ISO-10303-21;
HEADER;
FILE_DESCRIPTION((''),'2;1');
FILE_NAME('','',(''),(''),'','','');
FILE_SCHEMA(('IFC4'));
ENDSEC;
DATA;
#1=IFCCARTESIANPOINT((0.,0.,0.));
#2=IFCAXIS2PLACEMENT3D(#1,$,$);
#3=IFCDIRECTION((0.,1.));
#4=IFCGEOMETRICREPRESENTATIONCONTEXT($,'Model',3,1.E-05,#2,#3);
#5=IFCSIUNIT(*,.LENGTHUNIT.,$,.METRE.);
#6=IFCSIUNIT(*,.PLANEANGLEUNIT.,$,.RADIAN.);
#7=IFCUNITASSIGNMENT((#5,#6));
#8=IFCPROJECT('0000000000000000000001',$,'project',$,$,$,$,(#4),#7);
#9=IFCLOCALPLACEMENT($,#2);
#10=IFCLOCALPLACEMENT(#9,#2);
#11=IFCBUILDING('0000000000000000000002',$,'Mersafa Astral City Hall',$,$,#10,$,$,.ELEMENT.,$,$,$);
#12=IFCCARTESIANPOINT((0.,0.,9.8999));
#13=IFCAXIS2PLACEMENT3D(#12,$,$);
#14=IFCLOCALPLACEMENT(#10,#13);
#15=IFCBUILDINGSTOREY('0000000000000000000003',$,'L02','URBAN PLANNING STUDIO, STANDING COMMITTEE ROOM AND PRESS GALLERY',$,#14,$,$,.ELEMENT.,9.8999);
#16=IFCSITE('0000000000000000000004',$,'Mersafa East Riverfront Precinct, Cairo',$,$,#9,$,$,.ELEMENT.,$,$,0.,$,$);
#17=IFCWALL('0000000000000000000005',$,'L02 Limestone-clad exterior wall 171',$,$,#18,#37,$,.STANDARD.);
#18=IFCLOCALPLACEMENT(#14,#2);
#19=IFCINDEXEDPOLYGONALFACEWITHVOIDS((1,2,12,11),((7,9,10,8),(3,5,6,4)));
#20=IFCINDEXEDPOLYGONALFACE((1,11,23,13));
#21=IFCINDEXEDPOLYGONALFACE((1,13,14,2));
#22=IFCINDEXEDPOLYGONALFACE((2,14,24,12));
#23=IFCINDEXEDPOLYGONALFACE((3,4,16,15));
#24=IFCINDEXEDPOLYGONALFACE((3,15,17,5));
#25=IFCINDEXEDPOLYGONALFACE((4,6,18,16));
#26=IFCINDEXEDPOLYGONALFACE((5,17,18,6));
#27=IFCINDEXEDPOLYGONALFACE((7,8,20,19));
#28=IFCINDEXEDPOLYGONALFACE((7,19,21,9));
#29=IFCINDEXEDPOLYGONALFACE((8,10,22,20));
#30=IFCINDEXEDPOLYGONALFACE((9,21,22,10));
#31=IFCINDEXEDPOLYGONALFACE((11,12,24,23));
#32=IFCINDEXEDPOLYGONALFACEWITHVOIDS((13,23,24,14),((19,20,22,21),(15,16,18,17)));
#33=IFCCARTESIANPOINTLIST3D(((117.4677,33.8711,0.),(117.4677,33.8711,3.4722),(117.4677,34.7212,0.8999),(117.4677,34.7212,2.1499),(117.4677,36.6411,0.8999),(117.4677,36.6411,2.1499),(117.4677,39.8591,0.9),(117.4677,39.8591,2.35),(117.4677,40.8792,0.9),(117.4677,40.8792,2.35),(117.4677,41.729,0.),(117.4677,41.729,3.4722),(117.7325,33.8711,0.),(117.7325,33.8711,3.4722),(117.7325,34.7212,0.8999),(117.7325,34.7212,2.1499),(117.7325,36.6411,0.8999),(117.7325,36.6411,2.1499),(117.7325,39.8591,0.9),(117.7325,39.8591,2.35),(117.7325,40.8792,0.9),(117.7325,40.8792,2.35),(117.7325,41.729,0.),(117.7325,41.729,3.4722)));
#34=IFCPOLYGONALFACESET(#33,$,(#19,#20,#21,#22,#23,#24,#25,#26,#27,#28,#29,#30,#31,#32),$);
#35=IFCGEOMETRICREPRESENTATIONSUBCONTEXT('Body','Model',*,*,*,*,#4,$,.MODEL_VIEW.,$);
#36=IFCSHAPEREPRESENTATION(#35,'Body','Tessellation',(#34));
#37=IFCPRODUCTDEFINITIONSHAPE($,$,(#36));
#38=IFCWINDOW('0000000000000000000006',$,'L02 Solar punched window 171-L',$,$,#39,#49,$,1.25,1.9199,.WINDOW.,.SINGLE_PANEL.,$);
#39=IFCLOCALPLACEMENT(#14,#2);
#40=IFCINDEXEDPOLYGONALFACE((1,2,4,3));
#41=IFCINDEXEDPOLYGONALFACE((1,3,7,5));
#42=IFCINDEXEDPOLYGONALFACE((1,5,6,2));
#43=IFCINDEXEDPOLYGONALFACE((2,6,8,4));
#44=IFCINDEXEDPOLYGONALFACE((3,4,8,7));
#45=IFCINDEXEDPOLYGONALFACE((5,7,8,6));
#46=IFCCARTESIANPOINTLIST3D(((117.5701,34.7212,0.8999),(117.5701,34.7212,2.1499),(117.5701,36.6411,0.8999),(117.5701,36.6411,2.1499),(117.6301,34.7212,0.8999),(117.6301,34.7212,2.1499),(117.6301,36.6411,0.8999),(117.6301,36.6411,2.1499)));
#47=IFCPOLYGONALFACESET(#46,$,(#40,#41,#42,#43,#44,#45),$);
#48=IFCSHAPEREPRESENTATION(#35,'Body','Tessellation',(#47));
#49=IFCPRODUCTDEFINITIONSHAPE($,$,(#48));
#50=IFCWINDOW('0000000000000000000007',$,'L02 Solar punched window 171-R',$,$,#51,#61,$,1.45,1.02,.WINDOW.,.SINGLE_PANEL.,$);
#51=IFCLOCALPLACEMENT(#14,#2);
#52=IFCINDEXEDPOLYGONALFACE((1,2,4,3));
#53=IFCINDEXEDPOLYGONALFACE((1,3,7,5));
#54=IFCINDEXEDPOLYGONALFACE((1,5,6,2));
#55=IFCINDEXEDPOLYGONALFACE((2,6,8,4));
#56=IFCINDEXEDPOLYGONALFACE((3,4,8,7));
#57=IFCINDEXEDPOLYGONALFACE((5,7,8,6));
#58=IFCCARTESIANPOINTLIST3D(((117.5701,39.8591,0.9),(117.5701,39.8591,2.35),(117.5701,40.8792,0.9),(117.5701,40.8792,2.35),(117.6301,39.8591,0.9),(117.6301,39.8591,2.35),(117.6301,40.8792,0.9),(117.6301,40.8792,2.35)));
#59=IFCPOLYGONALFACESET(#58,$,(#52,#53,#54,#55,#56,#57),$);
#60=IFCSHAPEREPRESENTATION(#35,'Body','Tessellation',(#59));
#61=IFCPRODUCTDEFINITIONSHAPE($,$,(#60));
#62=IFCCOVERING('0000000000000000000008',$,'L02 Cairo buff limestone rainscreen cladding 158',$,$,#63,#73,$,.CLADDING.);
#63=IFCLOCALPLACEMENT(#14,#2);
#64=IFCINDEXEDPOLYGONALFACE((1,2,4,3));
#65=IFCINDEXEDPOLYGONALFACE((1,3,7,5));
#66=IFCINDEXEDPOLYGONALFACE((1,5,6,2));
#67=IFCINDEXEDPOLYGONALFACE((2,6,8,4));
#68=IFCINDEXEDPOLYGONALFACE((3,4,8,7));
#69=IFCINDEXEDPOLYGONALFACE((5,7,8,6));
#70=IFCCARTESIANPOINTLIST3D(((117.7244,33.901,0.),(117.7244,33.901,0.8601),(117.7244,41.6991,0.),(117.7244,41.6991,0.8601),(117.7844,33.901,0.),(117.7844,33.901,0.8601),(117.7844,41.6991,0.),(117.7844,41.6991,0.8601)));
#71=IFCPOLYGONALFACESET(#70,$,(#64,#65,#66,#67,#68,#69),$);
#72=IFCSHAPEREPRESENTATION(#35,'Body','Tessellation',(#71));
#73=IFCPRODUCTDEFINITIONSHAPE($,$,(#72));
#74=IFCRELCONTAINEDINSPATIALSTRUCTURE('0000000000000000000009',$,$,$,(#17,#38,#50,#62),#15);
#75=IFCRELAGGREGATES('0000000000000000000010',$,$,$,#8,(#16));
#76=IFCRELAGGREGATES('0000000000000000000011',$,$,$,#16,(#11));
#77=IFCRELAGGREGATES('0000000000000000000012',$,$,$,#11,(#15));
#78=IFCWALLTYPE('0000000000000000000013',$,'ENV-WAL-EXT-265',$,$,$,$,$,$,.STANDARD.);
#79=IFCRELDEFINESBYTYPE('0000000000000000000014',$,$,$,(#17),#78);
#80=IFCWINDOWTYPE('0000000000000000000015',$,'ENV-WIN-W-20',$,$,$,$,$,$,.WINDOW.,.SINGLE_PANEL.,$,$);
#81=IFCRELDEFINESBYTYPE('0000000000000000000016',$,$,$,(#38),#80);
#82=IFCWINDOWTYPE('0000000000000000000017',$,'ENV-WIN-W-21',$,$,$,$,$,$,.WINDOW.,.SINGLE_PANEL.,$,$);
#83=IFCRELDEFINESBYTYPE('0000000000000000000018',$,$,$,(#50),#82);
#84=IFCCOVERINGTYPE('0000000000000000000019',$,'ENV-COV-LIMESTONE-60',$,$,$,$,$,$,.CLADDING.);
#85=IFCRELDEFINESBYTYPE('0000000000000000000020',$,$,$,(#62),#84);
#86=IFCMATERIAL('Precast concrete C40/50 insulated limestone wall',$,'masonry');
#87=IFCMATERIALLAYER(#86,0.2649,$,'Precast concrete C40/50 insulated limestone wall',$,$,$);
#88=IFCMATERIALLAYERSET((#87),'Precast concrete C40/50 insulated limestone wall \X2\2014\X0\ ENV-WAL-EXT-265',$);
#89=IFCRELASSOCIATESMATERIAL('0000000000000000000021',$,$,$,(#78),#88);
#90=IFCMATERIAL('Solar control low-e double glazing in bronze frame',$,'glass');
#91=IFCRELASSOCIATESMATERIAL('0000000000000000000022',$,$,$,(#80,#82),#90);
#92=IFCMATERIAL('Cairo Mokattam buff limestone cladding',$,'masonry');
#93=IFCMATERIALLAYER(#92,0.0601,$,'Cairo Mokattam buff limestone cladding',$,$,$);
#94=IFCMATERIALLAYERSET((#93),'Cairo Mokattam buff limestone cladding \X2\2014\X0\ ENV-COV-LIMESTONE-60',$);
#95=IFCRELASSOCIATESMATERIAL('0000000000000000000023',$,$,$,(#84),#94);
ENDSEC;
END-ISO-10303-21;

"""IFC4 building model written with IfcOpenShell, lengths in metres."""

from ifc_helpers import new_model, si_unit, direction, frame, frame_2d, origin, origin_2d, place, context, subcontext, project, spatial, rectangle, extrude, material, layer, layer_set, type_object, element, fill, save


model = new_model("IFC4")

# Units and contexts
model_context = context("Model", 3, precision=1e-05, world=origin(), true_north=direction((0.0, 1.0)))
body_context = subcontext(model_context, "Body", "Model", "MODEL_VIEW")
ifc_project = project(units=[si_unit("LENGTHUNIT", "METRE"), si_unit("PLANEANGLEUNIT", "RADIAN")], contexts=[model_context])

# Site, building, storey
site_placement = place(None, origin())
site = spatial("IfcSite", under=ifc_project, at=site_placement, Name="Mersafa East Riverfront Precinct, Cairo", CompositionType="ELEMENT", RefElevation=0.0)
building_placement = place(site_placement, origin())
building = spatial("IfcBuilding", under=site, at=building_placement, Name="Mersafa Astral City Hall", CompositionType="ELEMENT")
storey_placement = place(building_placement, frame((0.0, 0.0, 9.8999)))
storey = spatial("IfcBuildingStorey", under=building, at=storey_placement, Name="L02", Description="URBAN PLANNING STUDIO, STANDING COMMITTEE ROOM AND PRESS GALLERY", CompositionType="ELEMENT", Elevation=9.8999)

# Wall, openings, windows
ifc_material_1 = material(Name="Precast concrete C40/50 insulated limestone wall", Category="masonry")
ifc_layer_1 = layer(ifc_material_1, 0.2649, Name="Precast concrete C40/50 insulated limestone wall")
ifc_layer_set_1 = layer_set([ifc_layer_1], Name="Precast concrete C40/50 insulated limestone wall — ENV-WAL-EXT-265")
wall_type = type_object("IfcWallType", Name="ENV-WAL-EXT-265", PredefinedType="STANDARD", material=ifc_layer_set_1)
wall_placement = place(storey_placement, frame((117.6001, 33.8711, 0.0), z_axis=(0.0, 0.0, 1.0), x_axis=(0.0, 1.0, 0.0)))
wall = element("IfcWall", 1, at=wall_placement, inside=storey, type_object=wall_type, Name="L02 Limestone-clad exterior wall 171", PredefinedType="STANDARD", context=body_context, shape_type="SweptSolid", body=[
    extrude(rectangle(XDim=7.8579, YDim=0.2649, at=frame_2d((3.929, 0.0))), origin(), (0.0, 0.0, 1.0), 3.4722),
])
opening_1_placement = place(wall_placement, frame((0.8501, 0.0, 0.8999)))
opening_1 = element("IfcOpeningElement", 2, at=opening_1_placement, cuts=wall, PredefinedType="OPENING", context=body_context, shape_type="SweptSolid", body=[
    extrude(rectangle(XDim=1.9199, YDim=1.25, at=frame_2d((0.96, 0.625))), frame((0.0, 0.1423, 0.0), z_axis=(0.0, -1.0, 0.0), x_axis=(1.0, 0.0, 0.0)), (0.0, 0.0, 1.0), 0.2849),
])
opening_2_placement = place(wall_placement, frame((5.988, 0.0, 0.8999)))
opening_2 = element("IfcOpeningElement", 3, at=opening_2_placement, cuts=wall, PredefinedType="OPENING", context=body_context, shape_type="SweptSolid", body=[
    extrude(rectangle(XDim=1.02, YDim=1.45, at=frame_2d((0.51, 0.7251))), frame((0.0, 0.1423, 0.0), z_axis=(0.0, -1.0, 0.0), x_axis=(1.0, 0.0, 0.0)), (0.0, 0.0, 1.0), 0.2849),
])
ifc_material_2 = material(Name="Solar control low-e double glazing in bronze frame", Category="glass")
window_type_1 = type_object("IfcWindowType", Name="ENV-WIN-W-20", PartitioningType="SINGLE_PANEL", PredefinedType="WINDOW", material=ifc_material_2)
window_1_placement = place(opening_1_placement, origin())
window_1 = element("IfcWindow", 4, at=window_1_placement, inside=storey, type_object=window_type_1, Name="L02 Solar punched window 171-L", OverallHeight=1.25, OverallWidth=1.9199, PartitioningType="SINGLE_PANEL", PredefinedType="WINDOW", context=body_context, shape_type="SweptSolid", body=[
    extrude(rectangle(XDim=1.9199, YDim=1.25, at=frame_2d((0.96, 0.625))), frame((0.0, 0.03, 0.0), z_axis=(0.0, -1.0, 0.0), x_axis=(1.0, 0.0, 0.0)), (0.0, 0.0, 1.0), 0.0601),
])
fill(opening_1, window_1)
window_type_2 = type_object("IfcWindowType", Name="ENV-WIN-W-21", PartitioningType="SINGLE_PANEL", PredefinedType="WINDOW", material=ifc_material_2)
window_2_placement = place(opening_2_placement, origin())
window_2 = element("IfcWindow", 5, at=window_2_placement, inside=storey, type_object=window_type_2, Name="L02 Solar punched window 171-R", OverallHeight=1.45, OverallWidth=1.02, PartitioningType="SINGLE_PANEL", PredefinedType="WINDOW", context=body_context, shape_type="SweptSolid", body=[
    extrude(rectangle(XDim=1.02, YDim=1.45, at=frame_2d((0.51, 0.7251))), frame((0.0, 0.03, 0.0), z_axis=(0.0, -1.0, 0.0), x_axis=(1.0, 0.0, 0.0)), (0.0, 0.0, 1.0), 0.0601),
])
fill(opening_2, window_2)

# Covering
ifc_material_3 = material(Name="Cairo Mokattam buff limestone cladding", Category="masonry")
ifc_layer_2 = layer(ifc_material_3, 0.0601, Name="Cairo Mokattam buff limestone cladding")
ifc_layer_set_2 = layer_set([ifc_layer_2], Name="Cairo Mokattam buff limestone cladding — ENV-COV-LIMESTONE-60")
covering_type = type_object("IfcCoveringType", Name="ENV-COV-LIMESTONE-60", PredefinedType="CLADDING", material=ifc_layer_set_2)
covering_placement = place(storey_placement, frame((117.7544, 37.8, 0.0), z_axis=(0.0, 0.0, 1.0), x_axis=(0.0, 1.0, 0.0)))
element("IfcCovering", 6, at=covering_placement, inside=storey, type_object=covering_type, Name="L02 Cairo buff limestone rainscreen cladding 158", PredefinedType="CLADDING", context=body_context, shape_type="SweptSolid", body=[
    extrude(rectangle(XDim=7.7981, YDim=0.0601, at=origin_2d()), origin(), (0.0, 0.0, 1.0), 0.8601),
])

save(model, "model.ifc")
